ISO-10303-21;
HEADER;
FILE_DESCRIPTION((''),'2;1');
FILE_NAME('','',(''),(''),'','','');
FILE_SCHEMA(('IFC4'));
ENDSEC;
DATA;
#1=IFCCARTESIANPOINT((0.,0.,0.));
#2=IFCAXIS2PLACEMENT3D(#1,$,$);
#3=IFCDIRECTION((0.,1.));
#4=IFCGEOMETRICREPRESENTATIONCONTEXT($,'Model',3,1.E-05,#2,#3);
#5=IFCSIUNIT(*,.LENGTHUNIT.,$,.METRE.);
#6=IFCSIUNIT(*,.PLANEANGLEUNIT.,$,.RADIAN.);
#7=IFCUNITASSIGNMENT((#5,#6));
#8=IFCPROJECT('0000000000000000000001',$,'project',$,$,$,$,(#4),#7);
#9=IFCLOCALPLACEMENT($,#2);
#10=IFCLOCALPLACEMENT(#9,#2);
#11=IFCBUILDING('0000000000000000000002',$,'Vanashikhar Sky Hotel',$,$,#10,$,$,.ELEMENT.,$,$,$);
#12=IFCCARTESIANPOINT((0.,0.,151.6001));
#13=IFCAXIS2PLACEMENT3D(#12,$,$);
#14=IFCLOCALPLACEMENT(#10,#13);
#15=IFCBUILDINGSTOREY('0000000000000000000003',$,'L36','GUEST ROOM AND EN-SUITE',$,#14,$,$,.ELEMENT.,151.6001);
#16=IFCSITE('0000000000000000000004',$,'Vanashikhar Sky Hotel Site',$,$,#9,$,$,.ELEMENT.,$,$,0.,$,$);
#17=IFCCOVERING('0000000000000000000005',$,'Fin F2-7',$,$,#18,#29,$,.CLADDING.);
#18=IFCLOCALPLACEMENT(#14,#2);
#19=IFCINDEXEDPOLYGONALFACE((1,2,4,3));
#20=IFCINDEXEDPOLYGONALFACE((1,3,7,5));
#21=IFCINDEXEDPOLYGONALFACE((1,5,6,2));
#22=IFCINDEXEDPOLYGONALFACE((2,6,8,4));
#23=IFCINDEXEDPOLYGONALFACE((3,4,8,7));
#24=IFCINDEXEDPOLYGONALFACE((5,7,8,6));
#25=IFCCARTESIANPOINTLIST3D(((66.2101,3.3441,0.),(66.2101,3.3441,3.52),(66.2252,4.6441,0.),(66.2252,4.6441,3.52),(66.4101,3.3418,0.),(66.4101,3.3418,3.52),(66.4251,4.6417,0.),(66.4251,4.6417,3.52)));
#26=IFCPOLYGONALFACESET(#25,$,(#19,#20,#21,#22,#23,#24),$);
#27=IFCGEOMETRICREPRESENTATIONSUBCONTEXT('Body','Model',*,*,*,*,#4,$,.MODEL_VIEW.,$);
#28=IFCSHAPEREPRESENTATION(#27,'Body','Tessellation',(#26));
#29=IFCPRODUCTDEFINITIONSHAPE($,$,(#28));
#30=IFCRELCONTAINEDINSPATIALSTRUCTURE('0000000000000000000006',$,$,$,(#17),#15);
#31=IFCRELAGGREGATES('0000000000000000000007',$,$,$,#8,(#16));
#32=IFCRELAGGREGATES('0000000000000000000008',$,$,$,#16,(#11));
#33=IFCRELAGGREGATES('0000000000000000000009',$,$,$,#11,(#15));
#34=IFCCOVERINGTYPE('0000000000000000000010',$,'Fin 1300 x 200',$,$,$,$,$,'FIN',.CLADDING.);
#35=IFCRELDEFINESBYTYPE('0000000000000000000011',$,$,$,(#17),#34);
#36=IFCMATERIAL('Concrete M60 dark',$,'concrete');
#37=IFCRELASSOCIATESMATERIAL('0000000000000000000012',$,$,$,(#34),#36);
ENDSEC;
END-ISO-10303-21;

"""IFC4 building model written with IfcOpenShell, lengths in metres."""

from ifc_helpers import new_model, si_unit, direction, frame, origin, origin_2d, place, context, subcontext, project, spatial, rectangle, extrude, source, transform, mapped, material, material_profile, profile_set, type_object, element, save


model = new_model("IFC4")

# Units and contexts
model_context = context("Model", 3, precision=1e-05, world=origin(), true_north=direction((0.0, 1.0)))
body_context = subcontext(model_context, "Body", "Model", "MODEL_VIEW")
ifc_project = project(units=[si_unit("LENGTHUNIT", "METRE"), si_unit("PLANEANGLEUNIT", "RADIAN")], contexts=[model_context])

# Site, building, storey
site_placement = place(None, origin())
site = spatial("IfcSite", under=ifc_project, at=site_placement, Name="Vanashikhar Sky Hotel Site", CompositionType="ELEMENT", RefElevation=0.0)
building_placement = place(site_placement, origin())
building = spatial("IfcBuilding", under=site, at=building_placement, Name="Vanashikhar Sky Hotel", CompositionType="ELEMENT")
storey_placement = place(building_placement, frame((0.0, 0.0, 151.6001)))
storey = spatial("IfcBuildingStorey", under=building, at=storey_placement, Name="L36", Description="GUEST ROOM AND EN-SUITE", CompositionType="ELEMENT", Elevation=151.6001)

# Covering
ifc_material_1 = material(Name="Concrete M60 dark", Category="concrete")
ifc_material_profile = material_profile(ifc_material_1, rectangle(XDim=1.3, YDim=0.2, at=origin_2d()))
ifc_profile_set = profile_set([ifc_material_profile], Name="Fin 1300 x 200")
covering_type = type_object("IfcCoveringType", Name="Fin 1300 x 200", ElementType="FIN", PredefinedType="CLADDING", material=ifc_profile_set)
shared_shape_1 = source(origin(), body_context, "Body", "SweptSolid", [
    extrude(rectangle(XDim=1.3, YDim=0.2, at=origin_2d()), origin(), (0.0, 0.0, 1.0), 3.52),
])
for number, where, z_axis, x_axis, name in (
    (1, (66.3176, 3.9929, 0.0), (0.0, 0.0, 1.0), (-0.011589, -0.999933, 0.0), "Fin F2-7"),
):
    element("IfcCovering", number, at=place(storey_placement, frame(where, z_axis=z_axis, x_axis=x_axis)), inside=storey, type_object=covering_type, Name=name, PredefinedType="CLADDING", context=body_context, shape_type="MappedRepresentation", body=[
        mapped(shared_shape_1, transform((0.0, 0.0, 0.0), scale=1.0)),
    ])

save(model, "model.ifc")
